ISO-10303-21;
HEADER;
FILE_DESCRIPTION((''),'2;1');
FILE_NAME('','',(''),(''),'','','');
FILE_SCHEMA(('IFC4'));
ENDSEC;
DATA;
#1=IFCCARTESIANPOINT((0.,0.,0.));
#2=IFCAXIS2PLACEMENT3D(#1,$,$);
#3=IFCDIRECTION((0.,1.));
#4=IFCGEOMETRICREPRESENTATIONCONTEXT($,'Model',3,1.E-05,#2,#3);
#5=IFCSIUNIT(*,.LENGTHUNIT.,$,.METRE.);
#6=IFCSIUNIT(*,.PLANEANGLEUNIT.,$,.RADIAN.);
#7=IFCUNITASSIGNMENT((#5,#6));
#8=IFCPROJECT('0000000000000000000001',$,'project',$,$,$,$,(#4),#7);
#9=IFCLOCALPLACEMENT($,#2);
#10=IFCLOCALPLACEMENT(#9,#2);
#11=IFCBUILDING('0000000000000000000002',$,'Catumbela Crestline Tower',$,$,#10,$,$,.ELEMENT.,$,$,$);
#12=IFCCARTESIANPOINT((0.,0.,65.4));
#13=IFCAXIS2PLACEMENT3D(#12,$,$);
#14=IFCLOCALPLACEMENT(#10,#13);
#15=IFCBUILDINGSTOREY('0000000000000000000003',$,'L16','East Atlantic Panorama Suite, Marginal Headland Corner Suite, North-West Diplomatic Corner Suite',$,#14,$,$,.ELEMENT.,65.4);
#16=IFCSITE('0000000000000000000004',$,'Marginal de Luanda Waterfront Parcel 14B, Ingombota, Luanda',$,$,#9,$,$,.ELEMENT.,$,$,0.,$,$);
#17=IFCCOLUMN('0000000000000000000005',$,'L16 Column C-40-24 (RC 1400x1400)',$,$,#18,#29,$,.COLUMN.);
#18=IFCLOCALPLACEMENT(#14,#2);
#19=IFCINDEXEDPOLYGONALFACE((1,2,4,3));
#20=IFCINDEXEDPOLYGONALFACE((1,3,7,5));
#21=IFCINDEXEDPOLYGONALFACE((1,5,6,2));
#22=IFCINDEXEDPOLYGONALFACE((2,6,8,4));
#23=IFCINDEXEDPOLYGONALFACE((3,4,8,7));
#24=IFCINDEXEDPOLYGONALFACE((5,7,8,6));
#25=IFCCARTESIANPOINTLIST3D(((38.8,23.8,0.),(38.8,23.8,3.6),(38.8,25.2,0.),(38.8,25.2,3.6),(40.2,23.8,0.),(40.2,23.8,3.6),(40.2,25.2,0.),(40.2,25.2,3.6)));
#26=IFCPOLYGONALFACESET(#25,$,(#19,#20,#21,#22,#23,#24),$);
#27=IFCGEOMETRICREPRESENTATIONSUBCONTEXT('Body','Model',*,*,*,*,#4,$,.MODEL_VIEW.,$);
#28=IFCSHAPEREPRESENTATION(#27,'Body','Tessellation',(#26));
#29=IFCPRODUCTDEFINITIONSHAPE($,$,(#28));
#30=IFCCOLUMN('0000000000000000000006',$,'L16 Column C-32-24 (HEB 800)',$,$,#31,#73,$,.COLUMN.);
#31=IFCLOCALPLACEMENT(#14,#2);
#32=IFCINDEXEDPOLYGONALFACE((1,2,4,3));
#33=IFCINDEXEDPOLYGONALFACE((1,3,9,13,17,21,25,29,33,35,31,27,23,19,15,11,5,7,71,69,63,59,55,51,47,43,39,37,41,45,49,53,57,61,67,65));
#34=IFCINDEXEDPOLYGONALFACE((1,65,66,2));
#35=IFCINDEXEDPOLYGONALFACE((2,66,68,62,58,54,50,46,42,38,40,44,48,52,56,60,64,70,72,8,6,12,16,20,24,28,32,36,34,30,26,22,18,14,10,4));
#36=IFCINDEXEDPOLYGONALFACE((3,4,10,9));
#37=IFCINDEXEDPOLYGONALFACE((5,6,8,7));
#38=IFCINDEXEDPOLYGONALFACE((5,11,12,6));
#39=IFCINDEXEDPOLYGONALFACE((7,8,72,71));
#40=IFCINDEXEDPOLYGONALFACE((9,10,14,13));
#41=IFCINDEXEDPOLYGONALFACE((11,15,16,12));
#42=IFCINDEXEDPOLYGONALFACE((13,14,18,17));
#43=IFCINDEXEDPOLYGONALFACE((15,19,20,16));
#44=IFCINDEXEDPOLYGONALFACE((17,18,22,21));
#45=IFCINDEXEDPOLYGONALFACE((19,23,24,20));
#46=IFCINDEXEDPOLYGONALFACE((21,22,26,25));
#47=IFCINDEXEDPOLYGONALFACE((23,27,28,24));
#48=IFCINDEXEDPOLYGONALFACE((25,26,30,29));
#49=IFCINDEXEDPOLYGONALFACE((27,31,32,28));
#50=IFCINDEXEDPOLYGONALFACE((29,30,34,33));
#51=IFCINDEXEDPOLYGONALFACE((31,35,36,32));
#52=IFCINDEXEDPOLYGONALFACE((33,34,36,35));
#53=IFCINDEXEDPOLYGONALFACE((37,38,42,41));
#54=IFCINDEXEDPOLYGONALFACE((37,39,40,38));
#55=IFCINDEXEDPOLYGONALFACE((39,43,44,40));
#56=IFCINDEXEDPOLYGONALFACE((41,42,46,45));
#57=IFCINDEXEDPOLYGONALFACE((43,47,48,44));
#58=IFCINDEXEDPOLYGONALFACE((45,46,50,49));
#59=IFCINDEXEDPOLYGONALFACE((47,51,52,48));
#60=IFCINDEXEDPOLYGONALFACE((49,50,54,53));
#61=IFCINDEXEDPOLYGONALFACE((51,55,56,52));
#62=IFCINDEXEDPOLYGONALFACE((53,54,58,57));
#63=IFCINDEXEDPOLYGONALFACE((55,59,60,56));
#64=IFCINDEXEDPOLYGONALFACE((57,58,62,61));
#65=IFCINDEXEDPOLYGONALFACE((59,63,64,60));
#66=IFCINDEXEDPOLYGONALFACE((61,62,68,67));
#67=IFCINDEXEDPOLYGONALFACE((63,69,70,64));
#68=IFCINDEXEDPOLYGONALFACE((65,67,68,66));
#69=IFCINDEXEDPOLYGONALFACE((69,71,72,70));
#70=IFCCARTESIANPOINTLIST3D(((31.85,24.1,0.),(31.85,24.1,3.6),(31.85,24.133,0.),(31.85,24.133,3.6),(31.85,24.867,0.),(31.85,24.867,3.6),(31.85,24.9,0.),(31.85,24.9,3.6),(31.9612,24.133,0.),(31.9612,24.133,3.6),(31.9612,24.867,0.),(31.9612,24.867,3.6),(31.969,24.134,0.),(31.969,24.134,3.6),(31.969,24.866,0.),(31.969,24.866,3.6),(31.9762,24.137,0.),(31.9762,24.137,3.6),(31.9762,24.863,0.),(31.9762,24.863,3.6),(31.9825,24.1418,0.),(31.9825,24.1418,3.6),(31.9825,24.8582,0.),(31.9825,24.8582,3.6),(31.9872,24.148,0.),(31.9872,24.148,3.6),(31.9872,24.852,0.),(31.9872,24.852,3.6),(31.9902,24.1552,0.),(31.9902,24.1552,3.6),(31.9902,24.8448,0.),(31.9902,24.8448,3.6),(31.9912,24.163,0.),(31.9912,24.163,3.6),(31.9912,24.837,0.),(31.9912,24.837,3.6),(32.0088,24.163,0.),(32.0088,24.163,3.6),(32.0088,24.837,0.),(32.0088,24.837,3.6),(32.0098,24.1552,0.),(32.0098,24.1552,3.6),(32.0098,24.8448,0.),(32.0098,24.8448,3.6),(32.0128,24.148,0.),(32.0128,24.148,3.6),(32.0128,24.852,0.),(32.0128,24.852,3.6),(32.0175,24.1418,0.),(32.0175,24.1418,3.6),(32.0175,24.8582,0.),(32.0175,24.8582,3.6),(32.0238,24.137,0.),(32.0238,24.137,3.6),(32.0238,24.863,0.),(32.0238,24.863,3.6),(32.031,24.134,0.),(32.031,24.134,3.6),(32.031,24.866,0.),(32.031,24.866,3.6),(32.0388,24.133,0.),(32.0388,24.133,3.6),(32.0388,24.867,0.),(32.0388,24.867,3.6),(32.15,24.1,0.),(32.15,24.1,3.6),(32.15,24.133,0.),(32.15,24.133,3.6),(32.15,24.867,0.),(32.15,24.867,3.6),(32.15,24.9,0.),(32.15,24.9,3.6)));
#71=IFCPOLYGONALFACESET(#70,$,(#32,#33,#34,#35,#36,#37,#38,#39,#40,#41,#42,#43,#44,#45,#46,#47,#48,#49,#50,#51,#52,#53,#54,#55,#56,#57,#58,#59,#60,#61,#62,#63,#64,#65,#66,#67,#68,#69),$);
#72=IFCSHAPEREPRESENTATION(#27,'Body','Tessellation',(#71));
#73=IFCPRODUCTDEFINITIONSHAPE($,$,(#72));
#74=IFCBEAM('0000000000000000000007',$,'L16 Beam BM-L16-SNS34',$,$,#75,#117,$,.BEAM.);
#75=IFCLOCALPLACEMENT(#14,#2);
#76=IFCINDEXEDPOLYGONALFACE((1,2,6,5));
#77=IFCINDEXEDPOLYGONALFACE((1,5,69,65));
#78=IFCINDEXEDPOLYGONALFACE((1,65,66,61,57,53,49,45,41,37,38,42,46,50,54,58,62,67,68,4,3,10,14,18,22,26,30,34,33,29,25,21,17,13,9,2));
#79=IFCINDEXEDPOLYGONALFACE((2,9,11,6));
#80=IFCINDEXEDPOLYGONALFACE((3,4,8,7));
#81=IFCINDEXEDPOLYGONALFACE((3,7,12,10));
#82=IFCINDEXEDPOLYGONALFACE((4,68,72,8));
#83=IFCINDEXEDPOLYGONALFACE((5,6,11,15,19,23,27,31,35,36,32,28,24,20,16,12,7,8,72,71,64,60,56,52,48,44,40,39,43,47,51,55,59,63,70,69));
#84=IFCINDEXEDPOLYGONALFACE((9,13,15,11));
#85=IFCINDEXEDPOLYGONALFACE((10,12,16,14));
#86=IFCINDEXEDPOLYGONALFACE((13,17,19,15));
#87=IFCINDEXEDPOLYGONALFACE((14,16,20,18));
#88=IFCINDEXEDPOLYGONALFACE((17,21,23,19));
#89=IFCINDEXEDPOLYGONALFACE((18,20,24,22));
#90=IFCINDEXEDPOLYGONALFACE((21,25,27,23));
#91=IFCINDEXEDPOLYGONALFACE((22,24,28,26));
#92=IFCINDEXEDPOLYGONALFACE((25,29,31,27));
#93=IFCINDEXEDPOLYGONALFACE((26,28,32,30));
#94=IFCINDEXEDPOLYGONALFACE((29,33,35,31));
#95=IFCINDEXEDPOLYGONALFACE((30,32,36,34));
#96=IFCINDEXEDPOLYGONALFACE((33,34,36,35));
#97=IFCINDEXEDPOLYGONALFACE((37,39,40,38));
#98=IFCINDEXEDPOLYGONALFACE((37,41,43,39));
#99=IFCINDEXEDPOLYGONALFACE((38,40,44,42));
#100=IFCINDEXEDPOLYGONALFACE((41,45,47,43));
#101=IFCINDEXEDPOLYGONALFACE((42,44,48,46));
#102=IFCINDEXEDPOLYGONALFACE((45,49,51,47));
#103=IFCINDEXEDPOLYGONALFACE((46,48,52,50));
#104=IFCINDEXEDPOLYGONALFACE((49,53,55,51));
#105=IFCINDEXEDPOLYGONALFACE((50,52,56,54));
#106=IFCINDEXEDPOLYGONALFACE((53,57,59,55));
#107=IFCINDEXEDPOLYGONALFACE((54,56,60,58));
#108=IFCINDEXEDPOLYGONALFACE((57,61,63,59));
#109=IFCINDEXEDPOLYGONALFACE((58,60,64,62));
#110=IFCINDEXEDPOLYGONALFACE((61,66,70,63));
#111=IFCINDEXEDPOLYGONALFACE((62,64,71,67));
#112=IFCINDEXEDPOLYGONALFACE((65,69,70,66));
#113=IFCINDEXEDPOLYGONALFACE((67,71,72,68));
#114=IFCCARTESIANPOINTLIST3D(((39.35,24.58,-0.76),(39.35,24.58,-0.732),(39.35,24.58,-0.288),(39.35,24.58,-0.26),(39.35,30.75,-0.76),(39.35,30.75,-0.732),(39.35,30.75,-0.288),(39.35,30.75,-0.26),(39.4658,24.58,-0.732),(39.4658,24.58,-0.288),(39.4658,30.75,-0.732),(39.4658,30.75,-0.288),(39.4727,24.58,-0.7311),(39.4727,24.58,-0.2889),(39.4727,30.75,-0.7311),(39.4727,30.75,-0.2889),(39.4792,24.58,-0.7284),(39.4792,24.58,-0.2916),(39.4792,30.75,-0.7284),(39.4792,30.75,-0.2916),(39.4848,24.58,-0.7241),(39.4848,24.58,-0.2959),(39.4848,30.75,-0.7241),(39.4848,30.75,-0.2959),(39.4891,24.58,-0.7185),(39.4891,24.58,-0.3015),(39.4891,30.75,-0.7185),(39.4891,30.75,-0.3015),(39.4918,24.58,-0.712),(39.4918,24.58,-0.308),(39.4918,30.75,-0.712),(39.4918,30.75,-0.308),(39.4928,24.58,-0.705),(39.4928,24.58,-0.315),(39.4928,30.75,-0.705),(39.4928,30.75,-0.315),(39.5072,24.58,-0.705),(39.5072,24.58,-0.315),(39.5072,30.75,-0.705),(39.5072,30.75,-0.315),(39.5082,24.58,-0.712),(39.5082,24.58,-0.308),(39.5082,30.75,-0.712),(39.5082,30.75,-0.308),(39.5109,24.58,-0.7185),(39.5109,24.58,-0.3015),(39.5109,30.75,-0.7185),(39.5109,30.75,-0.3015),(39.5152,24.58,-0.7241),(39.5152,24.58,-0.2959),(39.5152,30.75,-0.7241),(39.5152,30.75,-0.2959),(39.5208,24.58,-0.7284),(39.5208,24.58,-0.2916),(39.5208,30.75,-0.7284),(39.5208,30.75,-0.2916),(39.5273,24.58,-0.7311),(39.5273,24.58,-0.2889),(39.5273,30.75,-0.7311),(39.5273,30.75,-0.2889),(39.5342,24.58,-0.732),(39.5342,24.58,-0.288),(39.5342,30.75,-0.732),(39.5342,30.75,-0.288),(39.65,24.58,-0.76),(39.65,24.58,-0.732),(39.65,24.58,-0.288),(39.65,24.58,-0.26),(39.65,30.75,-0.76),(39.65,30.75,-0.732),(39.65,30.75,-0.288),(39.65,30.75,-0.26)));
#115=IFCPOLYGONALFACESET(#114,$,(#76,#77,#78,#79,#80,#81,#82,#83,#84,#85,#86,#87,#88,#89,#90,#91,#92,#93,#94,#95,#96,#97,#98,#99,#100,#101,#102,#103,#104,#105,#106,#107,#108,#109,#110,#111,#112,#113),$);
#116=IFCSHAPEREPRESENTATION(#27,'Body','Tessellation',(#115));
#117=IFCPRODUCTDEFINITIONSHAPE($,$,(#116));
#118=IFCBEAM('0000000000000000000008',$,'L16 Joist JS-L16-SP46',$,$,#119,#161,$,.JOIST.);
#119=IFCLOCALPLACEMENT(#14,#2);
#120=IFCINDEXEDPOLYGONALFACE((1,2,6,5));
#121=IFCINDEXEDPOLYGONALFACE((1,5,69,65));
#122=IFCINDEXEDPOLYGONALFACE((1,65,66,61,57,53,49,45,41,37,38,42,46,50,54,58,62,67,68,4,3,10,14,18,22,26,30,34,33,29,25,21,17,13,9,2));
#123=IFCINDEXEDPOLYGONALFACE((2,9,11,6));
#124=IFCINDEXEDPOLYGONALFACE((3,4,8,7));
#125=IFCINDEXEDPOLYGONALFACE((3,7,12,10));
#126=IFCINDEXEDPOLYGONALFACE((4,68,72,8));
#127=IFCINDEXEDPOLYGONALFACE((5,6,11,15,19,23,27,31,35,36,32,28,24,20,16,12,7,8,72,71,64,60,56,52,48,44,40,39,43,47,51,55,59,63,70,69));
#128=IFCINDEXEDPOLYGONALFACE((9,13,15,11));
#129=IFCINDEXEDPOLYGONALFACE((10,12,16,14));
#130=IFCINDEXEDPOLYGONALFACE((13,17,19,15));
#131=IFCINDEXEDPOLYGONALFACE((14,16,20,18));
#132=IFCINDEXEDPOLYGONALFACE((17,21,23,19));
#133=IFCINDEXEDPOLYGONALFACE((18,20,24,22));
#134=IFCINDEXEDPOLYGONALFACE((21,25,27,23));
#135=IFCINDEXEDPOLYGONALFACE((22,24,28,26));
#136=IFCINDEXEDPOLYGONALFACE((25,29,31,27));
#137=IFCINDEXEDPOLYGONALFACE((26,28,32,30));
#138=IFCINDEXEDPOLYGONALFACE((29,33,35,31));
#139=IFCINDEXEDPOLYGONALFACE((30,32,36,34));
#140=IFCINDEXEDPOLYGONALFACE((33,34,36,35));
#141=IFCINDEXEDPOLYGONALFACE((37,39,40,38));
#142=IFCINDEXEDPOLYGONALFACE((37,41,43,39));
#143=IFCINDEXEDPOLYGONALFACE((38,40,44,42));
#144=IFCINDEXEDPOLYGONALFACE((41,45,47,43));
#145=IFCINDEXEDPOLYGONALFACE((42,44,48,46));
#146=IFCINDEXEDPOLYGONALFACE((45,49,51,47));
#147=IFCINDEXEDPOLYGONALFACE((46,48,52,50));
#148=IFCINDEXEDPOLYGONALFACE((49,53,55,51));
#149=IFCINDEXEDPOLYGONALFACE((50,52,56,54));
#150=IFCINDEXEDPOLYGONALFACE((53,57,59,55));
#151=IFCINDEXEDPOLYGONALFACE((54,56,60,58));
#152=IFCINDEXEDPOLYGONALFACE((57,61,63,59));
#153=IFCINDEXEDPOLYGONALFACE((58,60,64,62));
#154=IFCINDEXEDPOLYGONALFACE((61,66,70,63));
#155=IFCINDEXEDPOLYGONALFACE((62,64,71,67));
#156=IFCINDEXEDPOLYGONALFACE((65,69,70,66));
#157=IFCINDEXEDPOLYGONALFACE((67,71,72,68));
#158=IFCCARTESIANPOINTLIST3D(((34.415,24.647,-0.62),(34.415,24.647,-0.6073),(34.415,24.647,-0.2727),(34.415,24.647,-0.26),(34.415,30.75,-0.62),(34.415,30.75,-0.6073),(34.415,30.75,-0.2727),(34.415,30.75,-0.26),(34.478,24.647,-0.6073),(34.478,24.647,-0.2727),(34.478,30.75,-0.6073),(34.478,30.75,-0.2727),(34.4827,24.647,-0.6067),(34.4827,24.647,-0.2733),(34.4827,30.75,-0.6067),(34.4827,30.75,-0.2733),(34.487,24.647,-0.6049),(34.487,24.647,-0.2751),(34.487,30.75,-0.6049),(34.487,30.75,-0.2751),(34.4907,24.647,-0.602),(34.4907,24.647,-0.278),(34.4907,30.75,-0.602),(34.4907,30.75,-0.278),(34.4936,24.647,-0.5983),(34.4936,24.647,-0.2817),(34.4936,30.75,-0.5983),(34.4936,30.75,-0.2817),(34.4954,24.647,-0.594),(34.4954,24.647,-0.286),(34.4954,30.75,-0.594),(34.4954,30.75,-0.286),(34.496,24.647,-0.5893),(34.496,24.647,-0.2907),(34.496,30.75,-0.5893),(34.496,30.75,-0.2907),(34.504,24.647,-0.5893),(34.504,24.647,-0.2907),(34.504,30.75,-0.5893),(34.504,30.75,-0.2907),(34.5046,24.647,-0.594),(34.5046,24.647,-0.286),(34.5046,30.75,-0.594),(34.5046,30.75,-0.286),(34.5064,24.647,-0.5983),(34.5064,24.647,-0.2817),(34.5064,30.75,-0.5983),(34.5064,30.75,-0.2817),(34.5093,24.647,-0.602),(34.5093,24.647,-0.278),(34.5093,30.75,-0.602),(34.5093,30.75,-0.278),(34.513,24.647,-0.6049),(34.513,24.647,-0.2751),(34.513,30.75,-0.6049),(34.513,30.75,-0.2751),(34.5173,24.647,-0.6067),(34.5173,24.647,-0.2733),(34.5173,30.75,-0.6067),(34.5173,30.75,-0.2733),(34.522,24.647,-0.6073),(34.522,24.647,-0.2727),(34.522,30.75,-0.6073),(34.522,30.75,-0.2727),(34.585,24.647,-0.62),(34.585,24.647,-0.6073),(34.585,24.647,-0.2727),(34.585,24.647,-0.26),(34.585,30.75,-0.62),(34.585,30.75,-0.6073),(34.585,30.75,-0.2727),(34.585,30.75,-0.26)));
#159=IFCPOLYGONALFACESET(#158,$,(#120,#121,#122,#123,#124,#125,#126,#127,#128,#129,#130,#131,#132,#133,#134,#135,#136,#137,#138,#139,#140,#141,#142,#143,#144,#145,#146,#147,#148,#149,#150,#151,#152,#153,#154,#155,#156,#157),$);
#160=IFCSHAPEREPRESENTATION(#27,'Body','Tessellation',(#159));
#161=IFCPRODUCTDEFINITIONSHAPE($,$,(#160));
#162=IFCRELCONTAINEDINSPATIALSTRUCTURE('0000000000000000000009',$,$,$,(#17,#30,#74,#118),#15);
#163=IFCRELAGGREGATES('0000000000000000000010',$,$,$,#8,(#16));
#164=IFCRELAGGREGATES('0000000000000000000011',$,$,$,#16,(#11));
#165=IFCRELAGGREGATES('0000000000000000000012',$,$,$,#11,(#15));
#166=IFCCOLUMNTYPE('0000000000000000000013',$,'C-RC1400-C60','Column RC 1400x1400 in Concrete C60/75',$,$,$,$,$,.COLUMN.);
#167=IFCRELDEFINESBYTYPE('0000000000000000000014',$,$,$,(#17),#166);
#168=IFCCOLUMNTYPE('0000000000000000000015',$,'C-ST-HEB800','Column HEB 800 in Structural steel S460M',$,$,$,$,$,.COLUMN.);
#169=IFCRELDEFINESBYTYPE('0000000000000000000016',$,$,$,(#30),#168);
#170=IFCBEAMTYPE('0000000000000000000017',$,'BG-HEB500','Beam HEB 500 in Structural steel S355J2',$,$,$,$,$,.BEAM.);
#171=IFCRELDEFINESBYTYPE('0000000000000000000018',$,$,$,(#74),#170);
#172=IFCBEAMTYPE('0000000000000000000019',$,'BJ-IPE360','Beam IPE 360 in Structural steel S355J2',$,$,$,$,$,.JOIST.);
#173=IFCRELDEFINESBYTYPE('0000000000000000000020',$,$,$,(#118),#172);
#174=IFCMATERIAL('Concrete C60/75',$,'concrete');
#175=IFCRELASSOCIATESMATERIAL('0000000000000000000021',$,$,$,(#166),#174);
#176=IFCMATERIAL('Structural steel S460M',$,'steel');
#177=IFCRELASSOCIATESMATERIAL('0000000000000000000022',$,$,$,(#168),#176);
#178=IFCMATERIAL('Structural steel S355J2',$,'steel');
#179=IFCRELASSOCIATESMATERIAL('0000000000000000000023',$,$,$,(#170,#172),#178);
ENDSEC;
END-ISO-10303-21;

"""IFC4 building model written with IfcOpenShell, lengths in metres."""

from ifc_helpers import new_model, si_unit, direction, frame, origin, origin_2d, place, context, subcontext, project, spatial, rectangle, i_section, extrude, material, material_profile, profile_set, type_object, element, save


model = new_model("IFC4")

# Units and contexts
model_context = context("Model", 3, precision=1e-05, world=origin(), true_north=direction((0.0, 1.0)))
body_context = subcontext(model_context, "Body", "Model", "MODEL_VIEW")
ifc_project = project(units=[si_unit("LENGTHUNIT", "METRE"), si_unit("PLANEANGLEUNIT", "RADIAN")], contexts=[model_context])

# Site, building, storey
site_placement = place(None, origin())
site = spatial("IfcSite", under=ifc_project, at=site_placement, Name="Marginal de Luanda Waterfront Parcel 14B, Ingombota, Luanda", CompositionType="ELEMENT", RefElevation=0.0)
building_placement = place(site_placement, origin())
building = spatial("IfcBuilding", under=site, at=building_placement, Name="Catumbela Crestline Tower", CompositionType="ELEMENT")
storey_placement = place(building_placement, frame((0.0, 0.0, 65.4)))
storey = spatial("IfcBuildingStorey", under=building, at=storey_placement, Name="L16", Description="East Atlantic Panorama Suite, Marginal Headland Corner Suite, North-West Diplomatic Corner Suite", CompositionType="ELEMENT", Elevation=65.4)

# Columns
ifc_material_1 = material(Name="Concrete C60/75", Category="concrete")
ifc_material_profile_1 = material_profile(ifc_material_1, rectangle(XDim=1.4, YDim=1.4, at=origin_2d()), Name="RC 1400x1400")
ifc_profile_set_1 = profile_set([ifc_material_profile_1], Name="Concrete C60/75")
column_type_1 = type_object("IfcColumnType", Name="C-RC1400-C60", Description="Column RC 1400x1400 in Concrete C60/75", PredefinedType="COLUMN", material=ifc_profile_set_1)
column_1_placement = place(storey_placement, frame((39.5, 24.5, 0.0), z_axis=(0.0, 0.0, 1.0), x_axis=(1.0, 0.0, 0.0)))
element("IfcColumn", 1, at=column_1_placement, inside=storey, type_object=column_type_1, Name="L16 Column C-40-24 (RC 1400x1400)", PredefinedType="COLUMN", context=body_context, shape_type="SweptSolid", body=[
    extrude(rectangle(XDim=1.4, YDim=1.4, at=origin_2d()), origin(), (0.0, 0.0, 1.0), 3.6),
])
ifc_material_2 = material(Name="Structural steel S460M", Category="steel")
ifc_material_profile_2 = material_profile(ifc_material_2, i_section(OverallWidth=0.3, OverallDepth=0.8, WebThickness=0.0175, FlangeThickness=0.033, FilletRadius=0.03, at=origin_2d()), Name="HEB 800")
ifc_profile_set_2 = profile_set([ifc_material_profile_2], Name="Structural steel S460M")
column_type_2 = type_object("IfcColumnType", Name="C-ST-HEB800", Description="Column HEB 800 in Structural steel S460M", PredefinedType="COLUMN", material=ifc_profile_set_2)
column_2_placement = place(storey_placement, frame((32.0, 24.5, 0.0), z_axis=(0.0, 0.0, 1.0), x_axis=(1.0, 0.0, 0.0)))
element("IfcColumn", 2, at=column_2_placement, inside=storey, type_object=column_type_2, Name="L16 Column C-32-24 (HEB 800)", PredefinedType="COLUMN", context=body_context, shape_type="SweptSolid", body=[
    extrude(i_section(OverallWidth=0.3, OverallDepth=0.8, WebThickness=0.0175, FlangeThickness=0.033, FilletRadius=0.03, at=origin_2d()), origin(), (0.0, 0.0, 1.0), 3.6),
])

# Beams
ifc_material_3 = material(Name="Structural steel S355J2", Category="steel")
ifc_material_profile_3 = material_profile(ifc_material_3, i_section(OverallWidth=0.3, OverallDepth=0.5, WebThickness=0.0145, FlangeThickness=0.028, FilletRadius=0.027, at=origin_2d()), Name="HEB 500")
ifc_profile_set_3 = profile_set([ifc_material_profile_3], Name="Structural steel S355J2")
beam_type_1 = type_object("IfcBeamType", Name="BG-HEB500", Description="Beam HEB 500 in Structural steel S355J2", PredefinedType="BEAM", material=ifc_profile_set_3)
beam_1_placement = place(storey_placement, frame((39.5, 24.58, -0.51), z_axis=(0.0, 1.0, 0.0), x_axis=(-1.0, 0.0, 0.0)))
element("IfcBeam", 3, at=beam_1_placement, inside=storey, type_object=beam_type_1, Name="L16 Beam BM-L16-SNS34", PredefinedType="BEAM", context=body_context, shape_type="SweptSolid", body=[
    extrude(i_section(OverallWidth=0.3, OverallDepth=0.5, WebThickness=0.0145, FlangeThickness=0.028, FilletRadius=0.027, at=origin_2d()), origin(), (0.0, 0.0, 1.0), 6.17),
])
ifc_material_profile_4 = material_profile(ifc_material_3, i_section(OverallWidth=0.17, OverallDepth=0.36, WebThickness=0.008, FlangeThickness=0.0127, FilletRadius=0.018, at=origin_2d()), Name="IPE 360")
ifc_profile_set_4 = profile_set([ifc_material_profile_4], Name="Structural steel S355J2")
beam_type_2 = type_object("IfcBeamType", Name="BJ-IPE360", Description="Beam IPE 360 in Structural steel S355J2", PredefinedType="JOIST", material=ifc_profile_set_4)
for number, where, z_axis, x_axis, name in (
    (4, (34.5, 24.647, -0.44), (0.0, 1.0, 0.0), (-1.0, 0.0, 0.0), "L16 Joist JS-L16-SP46"),
):
    element("IfcBeam", number, at=place(storey_placement, frame(where, z_axis=z_axis, x_axis=x_axis)), inside=storey, type_object=beam_type_2, Name=name, PredefinedType="JOIST", context=body_context, shape_type="SweptSolid", body=[
        extrude(i_section(OverallWidth=0.17, OverallDepth=0.36, WebThickness=0.008, FlangeThickness=0.0127, FilletRadius=0.018, at=origin_2d()), origin(), (0.0, 0.0, 1.0), 6.103),
    ])

save(model, "model.ifc")
